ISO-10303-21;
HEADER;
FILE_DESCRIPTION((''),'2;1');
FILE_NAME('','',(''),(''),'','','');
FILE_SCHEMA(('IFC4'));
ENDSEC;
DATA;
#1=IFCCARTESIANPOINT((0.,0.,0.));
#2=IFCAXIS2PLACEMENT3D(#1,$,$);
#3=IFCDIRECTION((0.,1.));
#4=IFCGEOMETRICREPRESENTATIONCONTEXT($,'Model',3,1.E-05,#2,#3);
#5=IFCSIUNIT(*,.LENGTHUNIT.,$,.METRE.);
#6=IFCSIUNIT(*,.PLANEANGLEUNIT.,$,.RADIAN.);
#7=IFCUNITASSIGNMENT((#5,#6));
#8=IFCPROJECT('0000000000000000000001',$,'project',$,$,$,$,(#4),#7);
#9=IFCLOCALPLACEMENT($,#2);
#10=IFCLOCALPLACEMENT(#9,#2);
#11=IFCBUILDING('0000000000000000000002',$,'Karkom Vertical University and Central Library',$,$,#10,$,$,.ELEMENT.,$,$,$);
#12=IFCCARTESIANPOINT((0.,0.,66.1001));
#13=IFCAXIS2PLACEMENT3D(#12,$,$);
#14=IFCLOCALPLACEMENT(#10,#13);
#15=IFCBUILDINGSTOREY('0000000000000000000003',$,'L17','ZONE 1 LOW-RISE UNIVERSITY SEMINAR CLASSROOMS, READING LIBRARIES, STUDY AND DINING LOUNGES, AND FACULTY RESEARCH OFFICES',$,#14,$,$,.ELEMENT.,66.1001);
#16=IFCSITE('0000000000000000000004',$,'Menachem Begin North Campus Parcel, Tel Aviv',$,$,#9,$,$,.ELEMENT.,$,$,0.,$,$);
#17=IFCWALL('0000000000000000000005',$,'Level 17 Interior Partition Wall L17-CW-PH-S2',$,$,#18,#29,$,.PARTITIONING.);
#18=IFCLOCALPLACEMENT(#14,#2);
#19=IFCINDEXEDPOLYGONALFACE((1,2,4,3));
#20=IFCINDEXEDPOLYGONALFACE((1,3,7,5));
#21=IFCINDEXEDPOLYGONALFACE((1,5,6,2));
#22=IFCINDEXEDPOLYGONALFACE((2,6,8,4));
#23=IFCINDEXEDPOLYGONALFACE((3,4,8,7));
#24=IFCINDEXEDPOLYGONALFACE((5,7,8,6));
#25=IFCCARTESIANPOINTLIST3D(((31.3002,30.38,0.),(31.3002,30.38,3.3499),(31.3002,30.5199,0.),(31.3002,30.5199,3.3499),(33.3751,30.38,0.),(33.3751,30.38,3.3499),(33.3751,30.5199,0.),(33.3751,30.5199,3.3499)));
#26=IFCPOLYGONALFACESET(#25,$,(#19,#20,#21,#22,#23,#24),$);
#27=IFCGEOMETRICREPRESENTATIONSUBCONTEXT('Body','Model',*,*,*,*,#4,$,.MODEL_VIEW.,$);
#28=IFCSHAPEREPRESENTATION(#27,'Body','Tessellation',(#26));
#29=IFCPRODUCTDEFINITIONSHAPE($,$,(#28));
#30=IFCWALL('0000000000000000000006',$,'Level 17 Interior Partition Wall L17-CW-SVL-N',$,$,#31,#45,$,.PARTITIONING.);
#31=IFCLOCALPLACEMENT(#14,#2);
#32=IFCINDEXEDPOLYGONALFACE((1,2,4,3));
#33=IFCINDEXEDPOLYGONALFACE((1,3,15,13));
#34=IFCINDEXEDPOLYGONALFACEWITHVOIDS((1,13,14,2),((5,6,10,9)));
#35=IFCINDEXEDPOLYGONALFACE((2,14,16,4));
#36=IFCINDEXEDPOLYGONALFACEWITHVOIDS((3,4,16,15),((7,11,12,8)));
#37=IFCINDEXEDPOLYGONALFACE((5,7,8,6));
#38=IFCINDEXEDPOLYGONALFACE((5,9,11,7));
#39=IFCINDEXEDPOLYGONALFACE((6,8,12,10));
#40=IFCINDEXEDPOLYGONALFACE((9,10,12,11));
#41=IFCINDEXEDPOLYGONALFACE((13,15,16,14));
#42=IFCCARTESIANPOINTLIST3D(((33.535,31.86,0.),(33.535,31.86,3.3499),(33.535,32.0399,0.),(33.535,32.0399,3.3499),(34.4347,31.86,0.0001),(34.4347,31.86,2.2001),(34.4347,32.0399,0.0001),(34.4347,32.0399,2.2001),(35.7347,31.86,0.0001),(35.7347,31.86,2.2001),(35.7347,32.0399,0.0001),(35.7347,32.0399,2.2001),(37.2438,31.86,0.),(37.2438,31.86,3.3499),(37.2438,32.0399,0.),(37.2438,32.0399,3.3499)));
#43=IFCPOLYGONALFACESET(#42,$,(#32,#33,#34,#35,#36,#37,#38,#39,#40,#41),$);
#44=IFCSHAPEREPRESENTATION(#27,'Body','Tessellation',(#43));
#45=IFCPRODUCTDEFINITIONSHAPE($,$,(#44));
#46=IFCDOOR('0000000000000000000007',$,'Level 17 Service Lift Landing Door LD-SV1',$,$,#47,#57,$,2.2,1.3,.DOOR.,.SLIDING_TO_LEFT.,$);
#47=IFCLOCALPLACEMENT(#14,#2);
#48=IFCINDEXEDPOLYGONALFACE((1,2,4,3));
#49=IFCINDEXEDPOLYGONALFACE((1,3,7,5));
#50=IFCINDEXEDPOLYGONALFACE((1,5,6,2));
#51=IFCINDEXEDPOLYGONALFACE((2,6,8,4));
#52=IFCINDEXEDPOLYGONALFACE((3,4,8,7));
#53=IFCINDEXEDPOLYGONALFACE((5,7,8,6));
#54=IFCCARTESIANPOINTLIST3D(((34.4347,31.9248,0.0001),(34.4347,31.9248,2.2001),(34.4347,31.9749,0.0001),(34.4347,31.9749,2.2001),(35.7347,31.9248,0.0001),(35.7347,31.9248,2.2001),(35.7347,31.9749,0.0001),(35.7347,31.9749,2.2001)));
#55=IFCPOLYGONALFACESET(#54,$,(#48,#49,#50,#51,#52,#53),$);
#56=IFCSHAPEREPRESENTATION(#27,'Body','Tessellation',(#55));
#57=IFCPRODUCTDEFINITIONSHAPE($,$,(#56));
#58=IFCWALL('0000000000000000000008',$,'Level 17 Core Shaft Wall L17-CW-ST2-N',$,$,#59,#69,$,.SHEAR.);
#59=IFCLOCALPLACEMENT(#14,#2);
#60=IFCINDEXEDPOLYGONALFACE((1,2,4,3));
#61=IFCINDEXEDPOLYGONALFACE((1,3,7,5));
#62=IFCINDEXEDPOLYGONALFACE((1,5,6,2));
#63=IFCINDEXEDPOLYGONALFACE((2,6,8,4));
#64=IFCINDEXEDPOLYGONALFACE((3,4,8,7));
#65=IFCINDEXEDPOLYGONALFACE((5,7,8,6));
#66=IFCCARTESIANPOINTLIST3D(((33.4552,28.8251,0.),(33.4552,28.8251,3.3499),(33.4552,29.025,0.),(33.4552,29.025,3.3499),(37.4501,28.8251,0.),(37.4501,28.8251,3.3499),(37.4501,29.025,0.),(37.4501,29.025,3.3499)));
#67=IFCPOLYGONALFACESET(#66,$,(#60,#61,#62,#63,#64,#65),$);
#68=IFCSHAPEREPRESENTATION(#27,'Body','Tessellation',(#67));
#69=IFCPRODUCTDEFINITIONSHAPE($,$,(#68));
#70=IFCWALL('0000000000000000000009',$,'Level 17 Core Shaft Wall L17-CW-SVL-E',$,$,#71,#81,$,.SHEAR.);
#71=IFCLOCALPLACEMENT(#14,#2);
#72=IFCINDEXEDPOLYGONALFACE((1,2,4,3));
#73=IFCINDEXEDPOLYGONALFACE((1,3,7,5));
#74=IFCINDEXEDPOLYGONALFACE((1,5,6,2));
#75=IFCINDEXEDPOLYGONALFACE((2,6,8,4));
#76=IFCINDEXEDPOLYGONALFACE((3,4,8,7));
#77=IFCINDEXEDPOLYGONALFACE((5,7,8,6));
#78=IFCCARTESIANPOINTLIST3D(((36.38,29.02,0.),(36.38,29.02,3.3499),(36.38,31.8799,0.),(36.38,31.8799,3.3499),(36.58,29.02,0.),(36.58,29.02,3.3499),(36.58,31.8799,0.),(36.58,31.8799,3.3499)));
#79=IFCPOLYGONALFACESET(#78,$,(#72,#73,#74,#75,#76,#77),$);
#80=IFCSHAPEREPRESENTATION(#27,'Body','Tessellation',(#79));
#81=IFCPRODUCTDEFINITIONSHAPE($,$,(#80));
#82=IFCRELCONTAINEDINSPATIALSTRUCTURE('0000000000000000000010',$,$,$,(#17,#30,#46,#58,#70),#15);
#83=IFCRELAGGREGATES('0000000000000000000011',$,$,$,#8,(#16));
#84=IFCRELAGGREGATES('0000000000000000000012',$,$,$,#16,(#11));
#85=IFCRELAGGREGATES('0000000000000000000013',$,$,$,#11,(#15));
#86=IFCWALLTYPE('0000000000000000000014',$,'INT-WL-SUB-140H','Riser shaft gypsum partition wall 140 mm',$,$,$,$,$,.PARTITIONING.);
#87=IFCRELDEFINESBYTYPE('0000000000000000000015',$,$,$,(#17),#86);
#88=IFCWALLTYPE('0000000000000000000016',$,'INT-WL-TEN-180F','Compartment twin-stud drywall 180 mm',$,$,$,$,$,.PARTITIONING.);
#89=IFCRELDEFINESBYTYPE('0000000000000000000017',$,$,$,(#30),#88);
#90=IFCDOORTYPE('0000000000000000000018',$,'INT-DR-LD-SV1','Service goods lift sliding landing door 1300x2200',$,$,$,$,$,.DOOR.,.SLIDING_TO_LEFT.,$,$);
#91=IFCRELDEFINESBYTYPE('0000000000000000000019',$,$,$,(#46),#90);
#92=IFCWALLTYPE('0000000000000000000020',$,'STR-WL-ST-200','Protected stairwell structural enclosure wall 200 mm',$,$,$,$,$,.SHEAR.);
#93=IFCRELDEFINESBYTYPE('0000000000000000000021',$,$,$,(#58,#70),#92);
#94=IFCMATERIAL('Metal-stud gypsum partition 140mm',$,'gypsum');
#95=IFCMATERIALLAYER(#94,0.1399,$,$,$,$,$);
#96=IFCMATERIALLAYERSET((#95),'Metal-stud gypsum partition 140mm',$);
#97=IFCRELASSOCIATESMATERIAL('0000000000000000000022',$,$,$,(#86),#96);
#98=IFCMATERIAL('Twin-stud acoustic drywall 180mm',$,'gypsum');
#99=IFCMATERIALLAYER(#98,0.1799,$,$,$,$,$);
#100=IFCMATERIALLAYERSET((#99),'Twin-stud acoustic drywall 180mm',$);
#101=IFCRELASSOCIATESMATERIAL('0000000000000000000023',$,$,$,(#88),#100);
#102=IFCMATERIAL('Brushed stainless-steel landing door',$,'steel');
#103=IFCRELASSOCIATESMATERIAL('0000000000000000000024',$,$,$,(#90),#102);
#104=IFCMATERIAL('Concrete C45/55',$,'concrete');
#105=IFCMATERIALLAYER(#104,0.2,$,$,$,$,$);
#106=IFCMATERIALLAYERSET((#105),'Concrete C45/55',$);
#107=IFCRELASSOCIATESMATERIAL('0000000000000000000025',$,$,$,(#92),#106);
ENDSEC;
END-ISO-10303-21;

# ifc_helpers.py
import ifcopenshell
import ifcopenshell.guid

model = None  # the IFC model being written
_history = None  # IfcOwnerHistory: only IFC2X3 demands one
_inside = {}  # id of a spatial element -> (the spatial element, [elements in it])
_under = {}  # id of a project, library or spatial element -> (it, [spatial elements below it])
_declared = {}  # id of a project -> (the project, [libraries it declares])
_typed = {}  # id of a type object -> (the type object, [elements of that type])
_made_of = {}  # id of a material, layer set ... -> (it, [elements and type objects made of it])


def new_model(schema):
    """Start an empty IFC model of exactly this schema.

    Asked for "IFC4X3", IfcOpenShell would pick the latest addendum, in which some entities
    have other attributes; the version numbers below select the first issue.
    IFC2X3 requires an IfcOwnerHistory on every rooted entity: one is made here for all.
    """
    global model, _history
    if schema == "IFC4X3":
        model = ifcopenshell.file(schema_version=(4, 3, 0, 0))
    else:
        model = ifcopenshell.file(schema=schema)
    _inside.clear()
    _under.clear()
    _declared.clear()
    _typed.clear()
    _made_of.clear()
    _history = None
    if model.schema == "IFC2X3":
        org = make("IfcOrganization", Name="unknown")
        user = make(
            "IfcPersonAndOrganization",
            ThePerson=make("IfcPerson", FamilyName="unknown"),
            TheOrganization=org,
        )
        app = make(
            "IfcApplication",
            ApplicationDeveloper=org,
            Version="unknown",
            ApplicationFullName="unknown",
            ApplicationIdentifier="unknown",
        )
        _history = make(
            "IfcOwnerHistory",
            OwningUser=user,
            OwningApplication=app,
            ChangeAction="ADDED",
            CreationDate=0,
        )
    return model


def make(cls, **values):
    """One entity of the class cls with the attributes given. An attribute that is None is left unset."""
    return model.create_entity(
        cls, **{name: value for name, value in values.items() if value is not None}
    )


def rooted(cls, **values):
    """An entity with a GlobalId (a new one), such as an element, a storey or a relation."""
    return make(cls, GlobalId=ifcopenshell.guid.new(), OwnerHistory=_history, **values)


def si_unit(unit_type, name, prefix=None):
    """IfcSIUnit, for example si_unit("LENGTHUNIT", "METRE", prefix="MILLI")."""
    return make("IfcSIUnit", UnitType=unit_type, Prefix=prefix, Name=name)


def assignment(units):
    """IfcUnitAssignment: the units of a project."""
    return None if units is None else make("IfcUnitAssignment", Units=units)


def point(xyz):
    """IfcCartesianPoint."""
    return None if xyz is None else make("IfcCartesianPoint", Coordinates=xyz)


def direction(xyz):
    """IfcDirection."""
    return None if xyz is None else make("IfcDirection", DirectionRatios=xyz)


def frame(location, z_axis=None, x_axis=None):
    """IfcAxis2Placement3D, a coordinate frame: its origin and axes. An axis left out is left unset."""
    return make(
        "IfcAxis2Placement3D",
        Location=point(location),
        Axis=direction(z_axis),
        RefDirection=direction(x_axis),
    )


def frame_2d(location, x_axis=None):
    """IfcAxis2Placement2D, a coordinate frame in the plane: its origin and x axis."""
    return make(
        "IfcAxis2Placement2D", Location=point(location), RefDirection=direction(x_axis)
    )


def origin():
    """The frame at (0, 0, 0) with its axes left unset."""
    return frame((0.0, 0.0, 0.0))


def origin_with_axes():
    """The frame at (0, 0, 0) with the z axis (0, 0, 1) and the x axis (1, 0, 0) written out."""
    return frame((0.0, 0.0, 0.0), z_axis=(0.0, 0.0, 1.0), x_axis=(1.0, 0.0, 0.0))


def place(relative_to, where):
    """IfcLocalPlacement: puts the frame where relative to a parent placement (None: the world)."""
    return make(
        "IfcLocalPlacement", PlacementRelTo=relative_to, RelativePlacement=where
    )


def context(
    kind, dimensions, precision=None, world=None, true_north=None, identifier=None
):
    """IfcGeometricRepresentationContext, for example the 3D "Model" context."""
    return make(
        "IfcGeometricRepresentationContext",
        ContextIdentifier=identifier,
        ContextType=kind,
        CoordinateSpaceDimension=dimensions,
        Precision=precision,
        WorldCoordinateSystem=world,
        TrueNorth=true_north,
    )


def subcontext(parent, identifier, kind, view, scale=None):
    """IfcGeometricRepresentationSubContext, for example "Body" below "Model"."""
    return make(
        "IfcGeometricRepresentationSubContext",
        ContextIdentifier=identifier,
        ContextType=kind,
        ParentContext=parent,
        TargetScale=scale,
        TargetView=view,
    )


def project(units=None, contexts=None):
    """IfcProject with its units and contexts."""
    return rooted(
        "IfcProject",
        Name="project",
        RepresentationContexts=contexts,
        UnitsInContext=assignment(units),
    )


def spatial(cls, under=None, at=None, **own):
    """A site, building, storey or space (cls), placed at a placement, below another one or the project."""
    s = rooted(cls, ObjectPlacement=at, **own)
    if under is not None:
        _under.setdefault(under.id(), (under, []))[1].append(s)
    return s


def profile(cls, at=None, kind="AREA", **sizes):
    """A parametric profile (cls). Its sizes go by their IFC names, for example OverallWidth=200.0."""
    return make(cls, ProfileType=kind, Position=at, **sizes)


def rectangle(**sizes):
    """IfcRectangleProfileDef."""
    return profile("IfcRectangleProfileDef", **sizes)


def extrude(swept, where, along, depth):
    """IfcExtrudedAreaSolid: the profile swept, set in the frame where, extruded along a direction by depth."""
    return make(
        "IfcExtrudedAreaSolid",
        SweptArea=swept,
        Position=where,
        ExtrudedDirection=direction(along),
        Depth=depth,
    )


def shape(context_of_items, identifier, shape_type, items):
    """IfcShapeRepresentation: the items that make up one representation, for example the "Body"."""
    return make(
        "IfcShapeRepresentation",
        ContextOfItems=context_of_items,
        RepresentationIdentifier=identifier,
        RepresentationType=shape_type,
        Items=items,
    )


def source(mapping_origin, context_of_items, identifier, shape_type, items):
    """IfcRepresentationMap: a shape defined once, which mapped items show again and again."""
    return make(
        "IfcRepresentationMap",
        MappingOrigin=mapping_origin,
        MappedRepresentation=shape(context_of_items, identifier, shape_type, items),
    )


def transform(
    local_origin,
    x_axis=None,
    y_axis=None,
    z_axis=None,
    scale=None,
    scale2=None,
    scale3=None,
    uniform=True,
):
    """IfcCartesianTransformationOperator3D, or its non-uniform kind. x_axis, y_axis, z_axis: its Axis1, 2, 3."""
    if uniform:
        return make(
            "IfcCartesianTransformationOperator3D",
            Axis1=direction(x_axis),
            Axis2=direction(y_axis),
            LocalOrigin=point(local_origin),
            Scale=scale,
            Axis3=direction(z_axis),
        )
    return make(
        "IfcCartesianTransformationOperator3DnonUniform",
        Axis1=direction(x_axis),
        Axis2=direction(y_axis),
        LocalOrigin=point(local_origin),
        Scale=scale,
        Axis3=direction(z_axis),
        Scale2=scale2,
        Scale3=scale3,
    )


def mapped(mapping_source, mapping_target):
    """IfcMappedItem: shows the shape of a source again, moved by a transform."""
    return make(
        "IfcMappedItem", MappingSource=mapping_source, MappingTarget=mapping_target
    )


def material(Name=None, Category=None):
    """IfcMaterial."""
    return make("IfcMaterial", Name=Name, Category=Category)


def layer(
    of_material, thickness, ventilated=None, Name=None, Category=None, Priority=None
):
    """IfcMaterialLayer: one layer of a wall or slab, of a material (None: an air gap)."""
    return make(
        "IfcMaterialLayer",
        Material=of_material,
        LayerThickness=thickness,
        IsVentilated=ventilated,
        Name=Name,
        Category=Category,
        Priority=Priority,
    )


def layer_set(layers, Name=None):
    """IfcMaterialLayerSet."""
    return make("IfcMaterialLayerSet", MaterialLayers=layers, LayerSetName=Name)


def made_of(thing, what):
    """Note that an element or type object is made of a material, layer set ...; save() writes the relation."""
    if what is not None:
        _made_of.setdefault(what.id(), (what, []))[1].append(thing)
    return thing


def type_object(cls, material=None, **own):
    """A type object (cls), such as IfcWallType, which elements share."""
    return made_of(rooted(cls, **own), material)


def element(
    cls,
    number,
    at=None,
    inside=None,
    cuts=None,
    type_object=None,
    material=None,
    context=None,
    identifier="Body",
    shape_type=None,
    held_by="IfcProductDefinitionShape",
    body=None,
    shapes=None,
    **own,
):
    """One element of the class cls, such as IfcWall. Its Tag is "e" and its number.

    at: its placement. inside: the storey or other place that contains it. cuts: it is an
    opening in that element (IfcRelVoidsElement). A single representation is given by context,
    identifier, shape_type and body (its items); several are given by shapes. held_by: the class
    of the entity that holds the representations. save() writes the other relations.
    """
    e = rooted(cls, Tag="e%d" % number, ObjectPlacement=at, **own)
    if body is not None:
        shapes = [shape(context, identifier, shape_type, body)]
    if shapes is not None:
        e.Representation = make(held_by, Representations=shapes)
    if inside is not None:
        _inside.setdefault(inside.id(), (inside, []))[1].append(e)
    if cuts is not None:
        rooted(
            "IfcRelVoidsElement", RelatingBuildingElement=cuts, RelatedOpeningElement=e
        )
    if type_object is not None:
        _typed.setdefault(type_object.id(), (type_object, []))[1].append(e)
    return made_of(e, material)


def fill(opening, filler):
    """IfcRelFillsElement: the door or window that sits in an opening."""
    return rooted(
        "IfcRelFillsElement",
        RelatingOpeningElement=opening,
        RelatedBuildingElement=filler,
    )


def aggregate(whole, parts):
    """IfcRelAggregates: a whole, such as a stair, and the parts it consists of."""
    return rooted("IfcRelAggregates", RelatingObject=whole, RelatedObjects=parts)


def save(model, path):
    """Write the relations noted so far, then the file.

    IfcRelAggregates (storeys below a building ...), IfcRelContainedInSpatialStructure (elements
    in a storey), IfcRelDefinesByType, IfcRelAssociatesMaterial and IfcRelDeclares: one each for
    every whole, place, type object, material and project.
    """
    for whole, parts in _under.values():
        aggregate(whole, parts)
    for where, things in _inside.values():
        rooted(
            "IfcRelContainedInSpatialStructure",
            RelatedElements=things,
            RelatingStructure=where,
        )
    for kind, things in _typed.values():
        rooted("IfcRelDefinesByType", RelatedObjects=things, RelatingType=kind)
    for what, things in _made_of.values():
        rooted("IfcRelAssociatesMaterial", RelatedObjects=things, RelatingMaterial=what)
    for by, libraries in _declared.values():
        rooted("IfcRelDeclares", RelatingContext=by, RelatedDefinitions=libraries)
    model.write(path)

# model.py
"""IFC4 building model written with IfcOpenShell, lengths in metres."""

from ifc_helpers import new_model, si_unit, direction, frame, frame_2d, origin, origin_with_axes, place, context, subcontext, project, spatial, rectangle, extrude, source, transform, mapped, material, layer, layer_set, type_object, element, fill, save


model = new_model("IFC4")

# Units and contexts
model_context = context("Model", 3, precision=1e-05, world=origin(), true_north=direction((0.0, 1.0)))
body_context = subcontext(model_context, "Body", "Model", "MODEL_VIEW")
ifc_project = project(units=[si_unit("LENGTHUNIT", "METRE"), si_unit("PLANEANGLEUNIT", "RADIAN")], contexts=[model_context])

# Site, building, storey
site_placement = place(None, origin())
site = spatial("IfcSite", under=ifc_project, at=site_placement, Name="Menachem Begin North Campus Parcel, Tel Aviv", CompositionType="ELEMENT", RefElevation=0.0)
building_placement = place(site_placement, origin())
building = spatial("IfcBuilding", under=site, at=building_placement, Name="Karkom Vertical University and Central Library", CompositionType="ELEMENT")
storey_placement = place(building_placement, frame((0.0, 0.0, 66.1001)))
storey = spatial("IfcBuildingStorey", under=building, at=storey_placement, Name="L17", Description="ZONE 1 LOW-RISE UNIVERSITY SEMINAR CLASSROOMS, READING LIBRARIES, STUDY AND DINING LOUNGES, AND FACULTY RESEARCH OFFICES", CompositionType="ELEMENT", Elevation=66.1001)

# Wall
ifc_material_1 = material(Name="Metal-stud gypsum partition 140mm", Category="gypsum")
ifc_layer_1 = layer(ifc_material_1, 0.1399)
ifc_layer_set_1 = layer_set([ifc_layer_1], Name="Metal-stud gypsum partition 140mm")
wall_type_1 = type_object("IfcWallType", Name="INT-WL-SUB-140H", Description="Riser shaft gypsum partition wall 140 mm", PredefinedType="PARTITIONING", material=ifc_layer_set_1)
wall_1_placement = place(storey_placement, frame((31.3, 30.45, 0.0), z_axis=(0.0, 0.0, 1.0), x_axis=(1.0, 0.0, 0.0)))
element("IfcWall", 1, at=wall_1_placement, inside=storey, type_object=wall_type_1, Name="Level 17 Interior Partition Wall L17-CW-PH-S2", PredefinedType="PARTITIONING", context=body_context, shape_type="SweptSolid", body=[
    extrude(rectangle(XDim=2.075, YDim=0.1399, at=frame_2d((1.0376, 0.0))), origin(), (0.0, 0.0, 1.0), 3.3499),
])

# Wall, opening, door
ifc_material_2 = material(Name="Twin-stud acoustic drywall 180mm", Category="gypsum")
ifc_layer_2 = layer(ifc_material_2, 0.1799)
ifc_layer_set_2 = layer_set([ifc_layer_2], Name="Twin-stud acoustic drywall 180mm")
wall_type_2 = type_object("IfcWallType", Name="INT-WL-TEN-180F", Description="Compartment twin-stud drywall 180 mm", PredefinedType="PARTITIONING", material=ifc_layer_set_2)
wall_2_placement = place(storey_placement, frame((33.5349, 31.95, 0.0), z_axis=(0.0, 0.0, 1.0), x_axis=(1.0, 0.0, 0.0)))
wall_2 = element("IfcWall", 2, at=wall_2_placement, inside=storey, type_object=wall_type_2, Name="Level 17 Interior Partition Wall L17-CW-SVL-N", PredefinedType="PARTITIONING", context=body_context, shape_type="SweptSolid", body=[
    extrude(rectangle(XDim=3.7087, YDim=0.1799, at=frame_2d((1.8545, 0.0))), origin(), (0.0, 0.0, 1.0), 3.3499),
])
opening_1_placement = place(wall_2_placement, frame((0.8999, 0.0, 0.0)))
opening_1 = element("IfcOpeningElement", 3, at=opening_1_placement, cuts=wall_2, PredefinedType="OPENING", context=body_context, shape_type="SweptSolid", body=[
    extrude(rectangle(XDim=1.3, YDim=2.2, at=frame_2d((0.6499, 1.1001))), frame((0.0, 0.1001, 0.0), z_axis=(0.0, -1.0, 0.0), x_axis=(1.0, 0.0, 0.0)), (0.0, 0.0, 1.0), 0.2),
])
ifc_material_3 = material(Name="Brushed stainless-steel landing door", Category="steel")
door_type_1 = type_object("IfcDoorType", Name="INT-DR-LD-SV1", Description="Service goods lift sliding landing door 1300x2200", OperationType="SLIDING_TO_LEFT", PredefinedType="DOOR", material=ifc_material_3)
shared_shape_1 = source(origin_with_axes(), body_context, "Body", "SweptSolid", [
    extrude(rectangle(XDim=1.3, YDim=2.2, at=frame_2d((0.6499, 1.1001))), frame((0.0, 0.0249, 0.0), z_axis=(0.0, -1.0, 0.0), x_axis=(1.0, 0.0, 0.0)), (0.0, 0.0, 1.0), 0.05),
])
door_1_placement = place(opening_1_placement, origin())
door_1 = element("IfcDoor", 4, at=door_1_placement, inside=storey, type_object=door_type_1, Name="Level 17 Service Lift Landing Door LD-SV1", OperationType="SLIDING_TO_LEFT", OverallHeight=2.2, OverallWidth=1.3, PredefinedType="DOOR", context=body_context, shape_type="MappedRepresentation", body=[
    mapped(shared_shape_1, transform((0.0, 0.0, 0.0), scale=1.0)),
])
fill(opening_1, door_1)

# Walls
ifc_material_4 = material(Name="Concrete C45/55", Category="concrete")
ifc_layer_3 = layer(ifc_material_4, 0.2)
ifc_layer_set_3 = layer_set([ifc_layer_3], Name="Concrete C45/55")
wall_type_3 = type_object("IfcWallType", Name="STR-WL-ST-200", Description="Protected stairwell structural enclosure wall 200 mm", PredefinedType="SHEAR", material=ifc_layer_set_3)
wall_3_placement = place(storey_placement, frame((33.4551, 28.925, 0.0), z_axis=(0.0, 0.0, 1.0), x_axis=(1.0, 0.0, 0.0)))
element("IfcWall", 5, at=wall_3_placement, inside=storey, type_object=wall_type_3, Name="Level 17 Core Shaft Wall L17-CW-ST2-N", PredefinedType="SHEAR", context=body_context, shape_type="SweptSolid", body=[
    extrude(rectangle(XDim=3.9949, YDim=0.2, at=frame_2d((1.9976, 0.0))), origin(), (0.0, 0.0, 1.0), 3.3499),
])
wall_4_placement = place(storey_placement, frame((36.48, 29.02, 0.0), z_axis=(0.0, 0.0, 1.0), x_axis=(0.0, 1.0, 0.0)))
element("IfcWall", 6, at=wall_4_placement, inside=storey, type_object=wall_type_3, Name="Level 17 Core Shaft Wall L17-CW-SVL-E", PredefinedType="SHEAR", context=body_context, shape_type="SweptSolid", body=[
    extrude(rectangle(XDim=2.8599, YDim=0.2, at=frame_2d((1.4299, 0.0))), origin(), (0.0, 0.0, 1.0), 3.3499),
])

save(model, "model.ifc")
